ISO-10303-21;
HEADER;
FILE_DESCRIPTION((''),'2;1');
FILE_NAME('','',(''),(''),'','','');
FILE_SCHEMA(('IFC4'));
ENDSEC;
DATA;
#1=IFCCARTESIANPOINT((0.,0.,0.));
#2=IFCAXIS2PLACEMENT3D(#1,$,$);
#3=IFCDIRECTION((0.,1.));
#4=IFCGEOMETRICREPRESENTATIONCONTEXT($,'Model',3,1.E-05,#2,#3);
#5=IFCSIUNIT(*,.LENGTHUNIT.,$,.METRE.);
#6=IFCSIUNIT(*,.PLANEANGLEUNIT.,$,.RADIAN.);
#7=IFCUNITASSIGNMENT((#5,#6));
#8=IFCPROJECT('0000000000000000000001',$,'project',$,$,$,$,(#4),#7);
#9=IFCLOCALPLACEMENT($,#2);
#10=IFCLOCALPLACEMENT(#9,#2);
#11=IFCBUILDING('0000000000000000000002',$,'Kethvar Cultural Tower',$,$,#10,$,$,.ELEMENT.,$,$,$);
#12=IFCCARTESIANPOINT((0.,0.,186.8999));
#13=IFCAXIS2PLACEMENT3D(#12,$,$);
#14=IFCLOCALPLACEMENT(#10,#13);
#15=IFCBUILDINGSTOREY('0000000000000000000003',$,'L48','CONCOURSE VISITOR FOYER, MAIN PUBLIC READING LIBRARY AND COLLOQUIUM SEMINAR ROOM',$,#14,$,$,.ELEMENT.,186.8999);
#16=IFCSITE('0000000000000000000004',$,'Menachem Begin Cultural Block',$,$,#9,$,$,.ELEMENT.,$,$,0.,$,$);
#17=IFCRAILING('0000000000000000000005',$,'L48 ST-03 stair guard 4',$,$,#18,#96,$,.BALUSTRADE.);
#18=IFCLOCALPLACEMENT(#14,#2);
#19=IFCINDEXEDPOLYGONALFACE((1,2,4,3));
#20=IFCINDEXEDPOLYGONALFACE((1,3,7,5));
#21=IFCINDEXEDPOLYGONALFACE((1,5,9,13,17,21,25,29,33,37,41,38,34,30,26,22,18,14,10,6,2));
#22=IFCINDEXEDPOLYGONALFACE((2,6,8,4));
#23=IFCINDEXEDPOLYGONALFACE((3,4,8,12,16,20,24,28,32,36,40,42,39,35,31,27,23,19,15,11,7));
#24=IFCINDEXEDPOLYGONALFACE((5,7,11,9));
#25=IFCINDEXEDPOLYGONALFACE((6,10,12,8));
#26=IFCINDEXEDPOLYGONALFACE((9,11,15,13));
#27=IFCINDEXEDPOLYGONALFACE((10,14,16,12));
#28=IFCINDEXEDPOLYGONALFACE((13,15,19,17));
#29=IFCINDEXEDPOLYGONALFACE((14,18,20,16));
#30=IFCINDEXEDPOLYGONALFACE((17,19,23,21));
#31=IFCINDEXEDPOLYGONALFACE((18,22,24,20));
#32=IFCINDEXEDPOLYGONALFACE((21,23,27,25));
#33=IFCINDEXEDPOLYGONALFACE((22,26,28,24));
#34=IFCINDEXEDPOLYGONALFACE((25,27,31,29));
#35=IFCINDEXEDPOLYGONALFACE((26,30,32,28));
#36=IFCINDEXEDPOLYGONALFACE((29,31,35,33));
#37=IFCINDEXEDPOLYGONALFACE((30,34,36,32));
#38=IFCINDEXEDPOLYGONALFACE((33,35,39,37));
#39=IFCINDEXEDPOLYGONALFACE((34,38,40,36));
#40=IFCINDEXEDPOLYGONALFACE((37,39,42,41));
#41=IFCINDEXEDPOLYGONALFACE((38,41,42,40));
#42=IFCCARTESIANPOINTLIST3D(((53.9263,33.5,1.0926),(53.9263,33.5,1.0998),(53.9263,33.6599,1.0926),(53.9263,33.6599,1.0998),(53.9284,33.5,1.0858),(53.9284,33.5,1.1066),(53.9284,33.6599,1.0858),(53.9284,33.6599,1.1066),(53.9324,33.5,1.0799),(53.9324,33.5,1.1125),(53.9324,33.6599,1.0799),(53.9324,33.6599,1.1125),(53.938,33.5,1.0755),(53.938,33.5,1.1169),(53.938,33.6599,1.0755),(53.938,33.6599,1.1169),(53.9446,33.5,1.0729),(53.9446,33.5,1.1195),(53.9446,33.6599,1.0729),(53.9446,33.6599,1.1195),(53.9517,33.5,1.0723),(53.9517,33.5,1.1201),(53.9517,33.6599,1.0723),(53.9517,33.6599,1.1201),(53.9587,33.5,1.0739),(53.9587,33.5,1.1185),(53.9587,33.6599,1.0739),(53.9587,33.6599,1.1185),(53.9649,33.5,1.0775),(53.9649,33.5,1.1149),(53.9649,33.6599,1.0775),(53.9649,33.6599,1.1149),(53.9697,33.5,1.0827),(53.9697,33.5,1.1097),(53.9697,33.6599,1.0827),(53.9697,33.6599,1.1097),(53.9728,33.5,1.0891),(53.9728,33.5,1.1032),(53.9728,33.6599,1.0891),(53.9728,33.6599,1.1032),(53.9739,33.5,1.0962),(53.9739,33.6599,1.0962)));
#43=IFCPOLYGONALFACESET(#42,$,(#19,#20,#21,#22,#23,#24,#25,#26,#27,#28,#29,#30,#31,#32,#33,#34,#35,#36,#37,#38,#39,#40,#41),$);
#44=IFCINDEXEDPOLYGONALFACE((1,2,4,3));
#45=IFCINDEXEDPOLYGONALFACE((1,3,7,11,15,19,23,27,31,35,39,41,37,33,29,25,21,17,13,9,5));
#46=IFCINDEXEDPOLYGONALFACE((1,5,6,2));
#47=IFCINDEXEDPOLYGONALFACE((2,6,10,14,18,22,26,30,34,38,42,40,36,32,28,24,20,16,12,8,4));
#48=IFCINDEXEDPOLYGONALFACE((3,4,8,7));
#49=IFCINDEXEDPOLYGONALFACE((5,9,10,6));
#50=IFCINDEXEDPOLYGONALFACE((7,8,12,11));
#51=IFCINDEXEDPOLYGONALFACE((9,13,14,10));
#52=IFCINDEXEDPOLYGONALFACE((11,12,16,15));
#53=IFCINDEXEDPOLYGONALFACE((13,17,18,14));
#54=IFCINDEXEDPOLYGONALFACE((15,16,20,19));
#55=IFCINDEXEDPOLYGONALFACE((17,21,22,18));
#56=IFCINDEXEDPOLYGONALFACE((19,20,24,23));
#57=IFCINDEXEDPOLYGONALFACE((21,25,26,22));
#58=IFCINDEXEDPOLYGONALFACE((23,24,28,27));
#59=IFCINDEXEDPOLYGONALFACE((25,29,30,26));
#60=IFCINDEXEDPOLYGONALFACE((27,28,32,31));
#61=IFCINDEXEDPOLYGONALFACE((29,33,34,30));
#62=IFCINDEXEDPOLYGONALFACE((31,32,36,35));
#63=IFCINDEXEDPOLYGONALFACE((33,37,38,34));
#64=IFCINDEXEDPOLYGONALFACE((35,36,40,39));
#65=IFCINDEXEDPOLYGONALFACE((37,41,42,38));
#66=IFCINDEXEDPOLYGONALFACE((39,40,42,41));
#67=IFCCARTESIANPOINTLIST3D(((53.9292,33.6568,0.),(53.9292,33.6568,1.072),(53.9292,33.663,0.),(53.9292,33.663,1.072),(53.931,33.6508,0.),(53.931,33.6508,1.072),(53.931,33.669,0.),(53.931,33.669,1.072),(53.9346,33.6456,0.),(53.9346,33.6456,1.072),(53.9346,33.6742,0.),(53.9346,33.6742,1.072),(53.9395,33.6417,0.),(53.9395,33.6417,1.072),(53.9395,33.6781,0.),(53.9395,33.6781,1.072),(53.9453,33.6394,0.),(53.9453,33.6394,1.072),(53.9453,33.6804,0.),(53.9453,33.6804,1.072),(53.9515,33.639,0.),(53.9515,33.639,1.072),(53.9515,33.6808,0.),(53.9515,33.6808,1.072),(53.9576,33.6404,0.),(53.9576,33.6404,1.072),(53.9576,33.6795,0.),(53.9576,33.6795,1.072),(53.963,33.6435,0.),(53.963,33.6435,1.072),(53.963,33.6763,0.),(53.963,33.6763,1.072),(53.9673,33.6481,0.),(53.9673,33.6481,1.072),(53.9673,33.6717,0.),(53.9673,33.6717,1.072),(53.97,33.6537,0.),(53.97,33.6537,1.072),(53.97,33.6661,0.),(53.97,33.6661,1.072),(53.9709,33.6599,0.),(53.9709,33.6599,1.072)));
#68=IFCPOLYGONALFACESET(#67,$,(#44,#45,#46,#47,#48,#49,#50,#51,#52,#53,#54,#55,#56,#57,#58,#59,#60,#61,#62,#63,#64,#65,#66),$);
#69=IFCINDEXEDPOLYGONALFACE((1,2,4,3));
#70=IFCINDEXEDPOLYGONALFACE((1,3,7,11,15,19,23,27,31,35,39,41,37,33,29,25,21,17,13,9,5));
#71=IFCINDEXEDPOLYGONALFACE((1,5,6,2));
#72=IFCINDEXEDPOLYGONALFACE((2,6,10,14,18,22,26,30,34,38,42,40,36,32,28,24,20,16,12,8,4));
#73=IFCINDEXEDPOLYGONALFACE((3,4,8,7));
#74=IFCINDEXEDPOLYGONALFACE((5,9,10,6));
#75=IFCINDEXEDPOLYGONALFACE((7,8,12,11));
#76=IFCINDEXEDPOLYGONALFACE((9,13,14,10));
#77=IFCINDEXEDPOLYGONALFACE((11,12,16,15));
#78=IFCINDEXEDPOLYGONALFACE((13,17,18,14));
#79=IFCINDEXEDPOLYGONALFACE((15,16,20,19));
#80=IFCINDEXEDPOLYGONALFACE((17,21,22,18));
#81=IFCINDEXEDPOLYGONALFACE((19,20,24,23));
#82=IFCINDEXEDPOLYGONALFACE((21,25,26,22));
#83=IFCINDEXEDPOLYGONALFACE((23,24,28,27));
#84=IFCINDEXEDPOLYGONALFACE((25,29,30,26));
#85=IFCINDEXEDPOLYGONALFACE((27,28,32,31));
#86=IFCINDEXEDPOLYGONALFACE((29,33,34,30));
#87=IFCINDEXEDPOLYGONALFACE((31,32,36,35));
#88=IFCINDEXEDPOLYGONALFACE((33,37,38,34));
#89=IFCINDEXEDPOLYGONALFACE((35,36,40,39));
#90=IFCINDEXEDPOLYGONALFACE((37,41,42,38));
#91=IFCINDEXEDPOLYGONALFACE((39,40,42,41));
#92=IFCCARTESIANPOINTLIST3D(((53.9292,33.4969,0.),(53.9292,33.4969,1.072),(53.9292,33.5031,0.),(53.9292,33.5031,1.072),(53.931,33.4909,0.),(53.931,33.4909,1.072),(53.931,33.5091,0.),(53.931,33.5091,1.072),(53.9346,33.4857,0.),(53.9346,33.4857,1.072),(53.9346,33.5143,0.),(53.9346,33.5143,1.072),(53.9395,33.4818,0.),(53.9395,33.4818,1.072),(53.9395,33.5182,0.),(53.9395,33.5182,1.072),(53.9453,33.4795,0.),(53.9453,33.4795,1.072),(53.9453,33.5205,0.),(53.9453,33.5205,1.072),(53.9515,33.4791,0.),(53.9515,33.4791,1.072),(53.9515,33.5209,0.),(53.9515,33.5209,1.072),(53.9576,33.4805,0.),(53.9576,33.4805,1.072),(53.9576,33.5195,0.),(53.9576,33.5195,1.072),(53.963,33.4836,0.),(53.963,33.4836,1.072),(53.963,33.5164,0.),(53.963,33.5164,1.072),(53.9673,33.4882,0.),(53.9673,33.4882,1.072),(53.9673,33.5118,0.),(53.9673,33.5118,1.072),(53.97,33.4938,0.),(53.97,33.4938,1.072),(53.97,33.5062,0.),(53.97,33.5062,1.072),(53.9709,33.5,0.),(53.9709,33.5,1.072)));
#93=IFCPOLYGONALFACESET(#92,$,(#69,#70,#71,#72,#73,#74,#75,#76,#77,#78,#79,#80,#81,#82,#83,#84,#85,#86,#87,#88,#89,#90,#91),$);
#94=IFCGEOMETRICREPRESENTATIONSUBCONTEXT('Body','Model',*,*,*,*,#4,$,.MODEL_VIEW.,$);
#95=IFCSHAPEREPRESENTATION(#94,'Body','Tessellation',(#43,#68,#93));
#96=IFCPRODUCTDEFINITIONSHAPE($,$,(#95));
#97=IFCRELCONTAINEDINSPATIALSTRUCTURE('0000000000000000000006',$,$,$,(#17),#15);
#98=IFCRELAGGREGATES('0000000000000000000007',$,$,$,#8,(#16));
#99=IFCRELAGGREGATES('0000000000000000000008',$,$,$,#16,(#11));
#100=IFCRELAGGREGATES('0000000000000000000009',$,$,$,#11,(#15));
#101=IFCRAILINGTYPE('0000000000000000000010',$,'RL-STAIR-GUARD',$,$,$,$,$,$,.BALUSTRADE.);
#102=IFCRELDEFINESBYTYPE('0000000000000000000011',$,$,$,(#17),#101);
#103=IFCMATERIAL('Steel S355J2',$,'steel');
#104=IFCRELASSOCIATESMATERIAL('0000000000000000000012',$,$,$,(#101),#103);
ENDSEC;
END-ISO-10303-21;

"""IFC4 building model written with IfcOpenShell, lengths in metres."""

from ifc_helpers import new_model, si_unit, direction, frame, origin, origin_2d, place, context, subcontext, project, spatial, circle, extrude, material, type_object, element, save


model = new_model("IFC4")

# Units and contexts
model_context = context("Model", 3, precision=1e-05, world=origin(), true_north=direction((0.0, 1.0)))
body_context = subcontext(model_context, "Body", "Model", "MODEL_VIEW")
ifc_project = project(units=[si_unit("LENGTHUNIT", "METRE"), si_unit("PLANEANGLEUNIT", "RADIAN")], contexts=[model_context])

# Site, building, storey
site_placement = place(None, origin())
site = spatial("IfcSite", under=ifc_project, at=site_placement, Name="Menachem Begin Cultural Block", CompositionType="ELEMENT", RefElevation=0.0)
building_placement = place(site_placement, origin())
building = spatial("IfcBuilding", under=site, at=building_placement, Name="Kethvar Cultural Tower", CompositionType="ELEMENT")
storey_placement = place(building_placement, frame((0.0, 0.0, 186.8999)))
storey = spatial("IfcBuildingStorey", under=building, at=storey_placement, Name="L48", Description="CONCOURSE VISITOR FOYER, MAIN PUBLIC READING LIBRARY AND COLLOQUIUM SEMINAR ROOM", CompositionType="ELEMENT", Elevation=186.8999)

# Shared definitions
ifc_material_1 = material(Name="Steel S355J2", Category="steel")

# Railing
railing_type_1 = type_object("IfcRailingType", Name="RL-STAIR-GUARD", PredefinedType="BALUSTRADE", material=ifc_material_1)
railing_1_placement = place(storey_placement, frame((53.95, 33.6599, 0.0)))
element("IfcRailing", 1, at=railing_1_placement, inside=storey, type_object=railing_type_1, Name="L48 ST-03 stair guard 4", PredefinedType="BALUSTRADE", context=body_context, shape_type="SweptSolid", body=[
    extrude(circle(Radius=0.0239, at=origin_2d()), frame((0.0, 0.0, 1.0962), z_axis=(0.0, -1.0, 0.0), x_axis=(1.0, 0.0, 0.0)), (0.0, 0.0, 1.0), 0.1599),
    extrude(circle(Radius=0.021, at=origin_2d()), origin(), (0.0, 0.0, 1.0), 1.072),
    extrude(circle(Radius=0.021, at=origin_2d()), frame((0.0, -0.1599, 0.0)), (0.0, 0.0, 1.0), 1.072),
])

save(model, "model.ifc")
